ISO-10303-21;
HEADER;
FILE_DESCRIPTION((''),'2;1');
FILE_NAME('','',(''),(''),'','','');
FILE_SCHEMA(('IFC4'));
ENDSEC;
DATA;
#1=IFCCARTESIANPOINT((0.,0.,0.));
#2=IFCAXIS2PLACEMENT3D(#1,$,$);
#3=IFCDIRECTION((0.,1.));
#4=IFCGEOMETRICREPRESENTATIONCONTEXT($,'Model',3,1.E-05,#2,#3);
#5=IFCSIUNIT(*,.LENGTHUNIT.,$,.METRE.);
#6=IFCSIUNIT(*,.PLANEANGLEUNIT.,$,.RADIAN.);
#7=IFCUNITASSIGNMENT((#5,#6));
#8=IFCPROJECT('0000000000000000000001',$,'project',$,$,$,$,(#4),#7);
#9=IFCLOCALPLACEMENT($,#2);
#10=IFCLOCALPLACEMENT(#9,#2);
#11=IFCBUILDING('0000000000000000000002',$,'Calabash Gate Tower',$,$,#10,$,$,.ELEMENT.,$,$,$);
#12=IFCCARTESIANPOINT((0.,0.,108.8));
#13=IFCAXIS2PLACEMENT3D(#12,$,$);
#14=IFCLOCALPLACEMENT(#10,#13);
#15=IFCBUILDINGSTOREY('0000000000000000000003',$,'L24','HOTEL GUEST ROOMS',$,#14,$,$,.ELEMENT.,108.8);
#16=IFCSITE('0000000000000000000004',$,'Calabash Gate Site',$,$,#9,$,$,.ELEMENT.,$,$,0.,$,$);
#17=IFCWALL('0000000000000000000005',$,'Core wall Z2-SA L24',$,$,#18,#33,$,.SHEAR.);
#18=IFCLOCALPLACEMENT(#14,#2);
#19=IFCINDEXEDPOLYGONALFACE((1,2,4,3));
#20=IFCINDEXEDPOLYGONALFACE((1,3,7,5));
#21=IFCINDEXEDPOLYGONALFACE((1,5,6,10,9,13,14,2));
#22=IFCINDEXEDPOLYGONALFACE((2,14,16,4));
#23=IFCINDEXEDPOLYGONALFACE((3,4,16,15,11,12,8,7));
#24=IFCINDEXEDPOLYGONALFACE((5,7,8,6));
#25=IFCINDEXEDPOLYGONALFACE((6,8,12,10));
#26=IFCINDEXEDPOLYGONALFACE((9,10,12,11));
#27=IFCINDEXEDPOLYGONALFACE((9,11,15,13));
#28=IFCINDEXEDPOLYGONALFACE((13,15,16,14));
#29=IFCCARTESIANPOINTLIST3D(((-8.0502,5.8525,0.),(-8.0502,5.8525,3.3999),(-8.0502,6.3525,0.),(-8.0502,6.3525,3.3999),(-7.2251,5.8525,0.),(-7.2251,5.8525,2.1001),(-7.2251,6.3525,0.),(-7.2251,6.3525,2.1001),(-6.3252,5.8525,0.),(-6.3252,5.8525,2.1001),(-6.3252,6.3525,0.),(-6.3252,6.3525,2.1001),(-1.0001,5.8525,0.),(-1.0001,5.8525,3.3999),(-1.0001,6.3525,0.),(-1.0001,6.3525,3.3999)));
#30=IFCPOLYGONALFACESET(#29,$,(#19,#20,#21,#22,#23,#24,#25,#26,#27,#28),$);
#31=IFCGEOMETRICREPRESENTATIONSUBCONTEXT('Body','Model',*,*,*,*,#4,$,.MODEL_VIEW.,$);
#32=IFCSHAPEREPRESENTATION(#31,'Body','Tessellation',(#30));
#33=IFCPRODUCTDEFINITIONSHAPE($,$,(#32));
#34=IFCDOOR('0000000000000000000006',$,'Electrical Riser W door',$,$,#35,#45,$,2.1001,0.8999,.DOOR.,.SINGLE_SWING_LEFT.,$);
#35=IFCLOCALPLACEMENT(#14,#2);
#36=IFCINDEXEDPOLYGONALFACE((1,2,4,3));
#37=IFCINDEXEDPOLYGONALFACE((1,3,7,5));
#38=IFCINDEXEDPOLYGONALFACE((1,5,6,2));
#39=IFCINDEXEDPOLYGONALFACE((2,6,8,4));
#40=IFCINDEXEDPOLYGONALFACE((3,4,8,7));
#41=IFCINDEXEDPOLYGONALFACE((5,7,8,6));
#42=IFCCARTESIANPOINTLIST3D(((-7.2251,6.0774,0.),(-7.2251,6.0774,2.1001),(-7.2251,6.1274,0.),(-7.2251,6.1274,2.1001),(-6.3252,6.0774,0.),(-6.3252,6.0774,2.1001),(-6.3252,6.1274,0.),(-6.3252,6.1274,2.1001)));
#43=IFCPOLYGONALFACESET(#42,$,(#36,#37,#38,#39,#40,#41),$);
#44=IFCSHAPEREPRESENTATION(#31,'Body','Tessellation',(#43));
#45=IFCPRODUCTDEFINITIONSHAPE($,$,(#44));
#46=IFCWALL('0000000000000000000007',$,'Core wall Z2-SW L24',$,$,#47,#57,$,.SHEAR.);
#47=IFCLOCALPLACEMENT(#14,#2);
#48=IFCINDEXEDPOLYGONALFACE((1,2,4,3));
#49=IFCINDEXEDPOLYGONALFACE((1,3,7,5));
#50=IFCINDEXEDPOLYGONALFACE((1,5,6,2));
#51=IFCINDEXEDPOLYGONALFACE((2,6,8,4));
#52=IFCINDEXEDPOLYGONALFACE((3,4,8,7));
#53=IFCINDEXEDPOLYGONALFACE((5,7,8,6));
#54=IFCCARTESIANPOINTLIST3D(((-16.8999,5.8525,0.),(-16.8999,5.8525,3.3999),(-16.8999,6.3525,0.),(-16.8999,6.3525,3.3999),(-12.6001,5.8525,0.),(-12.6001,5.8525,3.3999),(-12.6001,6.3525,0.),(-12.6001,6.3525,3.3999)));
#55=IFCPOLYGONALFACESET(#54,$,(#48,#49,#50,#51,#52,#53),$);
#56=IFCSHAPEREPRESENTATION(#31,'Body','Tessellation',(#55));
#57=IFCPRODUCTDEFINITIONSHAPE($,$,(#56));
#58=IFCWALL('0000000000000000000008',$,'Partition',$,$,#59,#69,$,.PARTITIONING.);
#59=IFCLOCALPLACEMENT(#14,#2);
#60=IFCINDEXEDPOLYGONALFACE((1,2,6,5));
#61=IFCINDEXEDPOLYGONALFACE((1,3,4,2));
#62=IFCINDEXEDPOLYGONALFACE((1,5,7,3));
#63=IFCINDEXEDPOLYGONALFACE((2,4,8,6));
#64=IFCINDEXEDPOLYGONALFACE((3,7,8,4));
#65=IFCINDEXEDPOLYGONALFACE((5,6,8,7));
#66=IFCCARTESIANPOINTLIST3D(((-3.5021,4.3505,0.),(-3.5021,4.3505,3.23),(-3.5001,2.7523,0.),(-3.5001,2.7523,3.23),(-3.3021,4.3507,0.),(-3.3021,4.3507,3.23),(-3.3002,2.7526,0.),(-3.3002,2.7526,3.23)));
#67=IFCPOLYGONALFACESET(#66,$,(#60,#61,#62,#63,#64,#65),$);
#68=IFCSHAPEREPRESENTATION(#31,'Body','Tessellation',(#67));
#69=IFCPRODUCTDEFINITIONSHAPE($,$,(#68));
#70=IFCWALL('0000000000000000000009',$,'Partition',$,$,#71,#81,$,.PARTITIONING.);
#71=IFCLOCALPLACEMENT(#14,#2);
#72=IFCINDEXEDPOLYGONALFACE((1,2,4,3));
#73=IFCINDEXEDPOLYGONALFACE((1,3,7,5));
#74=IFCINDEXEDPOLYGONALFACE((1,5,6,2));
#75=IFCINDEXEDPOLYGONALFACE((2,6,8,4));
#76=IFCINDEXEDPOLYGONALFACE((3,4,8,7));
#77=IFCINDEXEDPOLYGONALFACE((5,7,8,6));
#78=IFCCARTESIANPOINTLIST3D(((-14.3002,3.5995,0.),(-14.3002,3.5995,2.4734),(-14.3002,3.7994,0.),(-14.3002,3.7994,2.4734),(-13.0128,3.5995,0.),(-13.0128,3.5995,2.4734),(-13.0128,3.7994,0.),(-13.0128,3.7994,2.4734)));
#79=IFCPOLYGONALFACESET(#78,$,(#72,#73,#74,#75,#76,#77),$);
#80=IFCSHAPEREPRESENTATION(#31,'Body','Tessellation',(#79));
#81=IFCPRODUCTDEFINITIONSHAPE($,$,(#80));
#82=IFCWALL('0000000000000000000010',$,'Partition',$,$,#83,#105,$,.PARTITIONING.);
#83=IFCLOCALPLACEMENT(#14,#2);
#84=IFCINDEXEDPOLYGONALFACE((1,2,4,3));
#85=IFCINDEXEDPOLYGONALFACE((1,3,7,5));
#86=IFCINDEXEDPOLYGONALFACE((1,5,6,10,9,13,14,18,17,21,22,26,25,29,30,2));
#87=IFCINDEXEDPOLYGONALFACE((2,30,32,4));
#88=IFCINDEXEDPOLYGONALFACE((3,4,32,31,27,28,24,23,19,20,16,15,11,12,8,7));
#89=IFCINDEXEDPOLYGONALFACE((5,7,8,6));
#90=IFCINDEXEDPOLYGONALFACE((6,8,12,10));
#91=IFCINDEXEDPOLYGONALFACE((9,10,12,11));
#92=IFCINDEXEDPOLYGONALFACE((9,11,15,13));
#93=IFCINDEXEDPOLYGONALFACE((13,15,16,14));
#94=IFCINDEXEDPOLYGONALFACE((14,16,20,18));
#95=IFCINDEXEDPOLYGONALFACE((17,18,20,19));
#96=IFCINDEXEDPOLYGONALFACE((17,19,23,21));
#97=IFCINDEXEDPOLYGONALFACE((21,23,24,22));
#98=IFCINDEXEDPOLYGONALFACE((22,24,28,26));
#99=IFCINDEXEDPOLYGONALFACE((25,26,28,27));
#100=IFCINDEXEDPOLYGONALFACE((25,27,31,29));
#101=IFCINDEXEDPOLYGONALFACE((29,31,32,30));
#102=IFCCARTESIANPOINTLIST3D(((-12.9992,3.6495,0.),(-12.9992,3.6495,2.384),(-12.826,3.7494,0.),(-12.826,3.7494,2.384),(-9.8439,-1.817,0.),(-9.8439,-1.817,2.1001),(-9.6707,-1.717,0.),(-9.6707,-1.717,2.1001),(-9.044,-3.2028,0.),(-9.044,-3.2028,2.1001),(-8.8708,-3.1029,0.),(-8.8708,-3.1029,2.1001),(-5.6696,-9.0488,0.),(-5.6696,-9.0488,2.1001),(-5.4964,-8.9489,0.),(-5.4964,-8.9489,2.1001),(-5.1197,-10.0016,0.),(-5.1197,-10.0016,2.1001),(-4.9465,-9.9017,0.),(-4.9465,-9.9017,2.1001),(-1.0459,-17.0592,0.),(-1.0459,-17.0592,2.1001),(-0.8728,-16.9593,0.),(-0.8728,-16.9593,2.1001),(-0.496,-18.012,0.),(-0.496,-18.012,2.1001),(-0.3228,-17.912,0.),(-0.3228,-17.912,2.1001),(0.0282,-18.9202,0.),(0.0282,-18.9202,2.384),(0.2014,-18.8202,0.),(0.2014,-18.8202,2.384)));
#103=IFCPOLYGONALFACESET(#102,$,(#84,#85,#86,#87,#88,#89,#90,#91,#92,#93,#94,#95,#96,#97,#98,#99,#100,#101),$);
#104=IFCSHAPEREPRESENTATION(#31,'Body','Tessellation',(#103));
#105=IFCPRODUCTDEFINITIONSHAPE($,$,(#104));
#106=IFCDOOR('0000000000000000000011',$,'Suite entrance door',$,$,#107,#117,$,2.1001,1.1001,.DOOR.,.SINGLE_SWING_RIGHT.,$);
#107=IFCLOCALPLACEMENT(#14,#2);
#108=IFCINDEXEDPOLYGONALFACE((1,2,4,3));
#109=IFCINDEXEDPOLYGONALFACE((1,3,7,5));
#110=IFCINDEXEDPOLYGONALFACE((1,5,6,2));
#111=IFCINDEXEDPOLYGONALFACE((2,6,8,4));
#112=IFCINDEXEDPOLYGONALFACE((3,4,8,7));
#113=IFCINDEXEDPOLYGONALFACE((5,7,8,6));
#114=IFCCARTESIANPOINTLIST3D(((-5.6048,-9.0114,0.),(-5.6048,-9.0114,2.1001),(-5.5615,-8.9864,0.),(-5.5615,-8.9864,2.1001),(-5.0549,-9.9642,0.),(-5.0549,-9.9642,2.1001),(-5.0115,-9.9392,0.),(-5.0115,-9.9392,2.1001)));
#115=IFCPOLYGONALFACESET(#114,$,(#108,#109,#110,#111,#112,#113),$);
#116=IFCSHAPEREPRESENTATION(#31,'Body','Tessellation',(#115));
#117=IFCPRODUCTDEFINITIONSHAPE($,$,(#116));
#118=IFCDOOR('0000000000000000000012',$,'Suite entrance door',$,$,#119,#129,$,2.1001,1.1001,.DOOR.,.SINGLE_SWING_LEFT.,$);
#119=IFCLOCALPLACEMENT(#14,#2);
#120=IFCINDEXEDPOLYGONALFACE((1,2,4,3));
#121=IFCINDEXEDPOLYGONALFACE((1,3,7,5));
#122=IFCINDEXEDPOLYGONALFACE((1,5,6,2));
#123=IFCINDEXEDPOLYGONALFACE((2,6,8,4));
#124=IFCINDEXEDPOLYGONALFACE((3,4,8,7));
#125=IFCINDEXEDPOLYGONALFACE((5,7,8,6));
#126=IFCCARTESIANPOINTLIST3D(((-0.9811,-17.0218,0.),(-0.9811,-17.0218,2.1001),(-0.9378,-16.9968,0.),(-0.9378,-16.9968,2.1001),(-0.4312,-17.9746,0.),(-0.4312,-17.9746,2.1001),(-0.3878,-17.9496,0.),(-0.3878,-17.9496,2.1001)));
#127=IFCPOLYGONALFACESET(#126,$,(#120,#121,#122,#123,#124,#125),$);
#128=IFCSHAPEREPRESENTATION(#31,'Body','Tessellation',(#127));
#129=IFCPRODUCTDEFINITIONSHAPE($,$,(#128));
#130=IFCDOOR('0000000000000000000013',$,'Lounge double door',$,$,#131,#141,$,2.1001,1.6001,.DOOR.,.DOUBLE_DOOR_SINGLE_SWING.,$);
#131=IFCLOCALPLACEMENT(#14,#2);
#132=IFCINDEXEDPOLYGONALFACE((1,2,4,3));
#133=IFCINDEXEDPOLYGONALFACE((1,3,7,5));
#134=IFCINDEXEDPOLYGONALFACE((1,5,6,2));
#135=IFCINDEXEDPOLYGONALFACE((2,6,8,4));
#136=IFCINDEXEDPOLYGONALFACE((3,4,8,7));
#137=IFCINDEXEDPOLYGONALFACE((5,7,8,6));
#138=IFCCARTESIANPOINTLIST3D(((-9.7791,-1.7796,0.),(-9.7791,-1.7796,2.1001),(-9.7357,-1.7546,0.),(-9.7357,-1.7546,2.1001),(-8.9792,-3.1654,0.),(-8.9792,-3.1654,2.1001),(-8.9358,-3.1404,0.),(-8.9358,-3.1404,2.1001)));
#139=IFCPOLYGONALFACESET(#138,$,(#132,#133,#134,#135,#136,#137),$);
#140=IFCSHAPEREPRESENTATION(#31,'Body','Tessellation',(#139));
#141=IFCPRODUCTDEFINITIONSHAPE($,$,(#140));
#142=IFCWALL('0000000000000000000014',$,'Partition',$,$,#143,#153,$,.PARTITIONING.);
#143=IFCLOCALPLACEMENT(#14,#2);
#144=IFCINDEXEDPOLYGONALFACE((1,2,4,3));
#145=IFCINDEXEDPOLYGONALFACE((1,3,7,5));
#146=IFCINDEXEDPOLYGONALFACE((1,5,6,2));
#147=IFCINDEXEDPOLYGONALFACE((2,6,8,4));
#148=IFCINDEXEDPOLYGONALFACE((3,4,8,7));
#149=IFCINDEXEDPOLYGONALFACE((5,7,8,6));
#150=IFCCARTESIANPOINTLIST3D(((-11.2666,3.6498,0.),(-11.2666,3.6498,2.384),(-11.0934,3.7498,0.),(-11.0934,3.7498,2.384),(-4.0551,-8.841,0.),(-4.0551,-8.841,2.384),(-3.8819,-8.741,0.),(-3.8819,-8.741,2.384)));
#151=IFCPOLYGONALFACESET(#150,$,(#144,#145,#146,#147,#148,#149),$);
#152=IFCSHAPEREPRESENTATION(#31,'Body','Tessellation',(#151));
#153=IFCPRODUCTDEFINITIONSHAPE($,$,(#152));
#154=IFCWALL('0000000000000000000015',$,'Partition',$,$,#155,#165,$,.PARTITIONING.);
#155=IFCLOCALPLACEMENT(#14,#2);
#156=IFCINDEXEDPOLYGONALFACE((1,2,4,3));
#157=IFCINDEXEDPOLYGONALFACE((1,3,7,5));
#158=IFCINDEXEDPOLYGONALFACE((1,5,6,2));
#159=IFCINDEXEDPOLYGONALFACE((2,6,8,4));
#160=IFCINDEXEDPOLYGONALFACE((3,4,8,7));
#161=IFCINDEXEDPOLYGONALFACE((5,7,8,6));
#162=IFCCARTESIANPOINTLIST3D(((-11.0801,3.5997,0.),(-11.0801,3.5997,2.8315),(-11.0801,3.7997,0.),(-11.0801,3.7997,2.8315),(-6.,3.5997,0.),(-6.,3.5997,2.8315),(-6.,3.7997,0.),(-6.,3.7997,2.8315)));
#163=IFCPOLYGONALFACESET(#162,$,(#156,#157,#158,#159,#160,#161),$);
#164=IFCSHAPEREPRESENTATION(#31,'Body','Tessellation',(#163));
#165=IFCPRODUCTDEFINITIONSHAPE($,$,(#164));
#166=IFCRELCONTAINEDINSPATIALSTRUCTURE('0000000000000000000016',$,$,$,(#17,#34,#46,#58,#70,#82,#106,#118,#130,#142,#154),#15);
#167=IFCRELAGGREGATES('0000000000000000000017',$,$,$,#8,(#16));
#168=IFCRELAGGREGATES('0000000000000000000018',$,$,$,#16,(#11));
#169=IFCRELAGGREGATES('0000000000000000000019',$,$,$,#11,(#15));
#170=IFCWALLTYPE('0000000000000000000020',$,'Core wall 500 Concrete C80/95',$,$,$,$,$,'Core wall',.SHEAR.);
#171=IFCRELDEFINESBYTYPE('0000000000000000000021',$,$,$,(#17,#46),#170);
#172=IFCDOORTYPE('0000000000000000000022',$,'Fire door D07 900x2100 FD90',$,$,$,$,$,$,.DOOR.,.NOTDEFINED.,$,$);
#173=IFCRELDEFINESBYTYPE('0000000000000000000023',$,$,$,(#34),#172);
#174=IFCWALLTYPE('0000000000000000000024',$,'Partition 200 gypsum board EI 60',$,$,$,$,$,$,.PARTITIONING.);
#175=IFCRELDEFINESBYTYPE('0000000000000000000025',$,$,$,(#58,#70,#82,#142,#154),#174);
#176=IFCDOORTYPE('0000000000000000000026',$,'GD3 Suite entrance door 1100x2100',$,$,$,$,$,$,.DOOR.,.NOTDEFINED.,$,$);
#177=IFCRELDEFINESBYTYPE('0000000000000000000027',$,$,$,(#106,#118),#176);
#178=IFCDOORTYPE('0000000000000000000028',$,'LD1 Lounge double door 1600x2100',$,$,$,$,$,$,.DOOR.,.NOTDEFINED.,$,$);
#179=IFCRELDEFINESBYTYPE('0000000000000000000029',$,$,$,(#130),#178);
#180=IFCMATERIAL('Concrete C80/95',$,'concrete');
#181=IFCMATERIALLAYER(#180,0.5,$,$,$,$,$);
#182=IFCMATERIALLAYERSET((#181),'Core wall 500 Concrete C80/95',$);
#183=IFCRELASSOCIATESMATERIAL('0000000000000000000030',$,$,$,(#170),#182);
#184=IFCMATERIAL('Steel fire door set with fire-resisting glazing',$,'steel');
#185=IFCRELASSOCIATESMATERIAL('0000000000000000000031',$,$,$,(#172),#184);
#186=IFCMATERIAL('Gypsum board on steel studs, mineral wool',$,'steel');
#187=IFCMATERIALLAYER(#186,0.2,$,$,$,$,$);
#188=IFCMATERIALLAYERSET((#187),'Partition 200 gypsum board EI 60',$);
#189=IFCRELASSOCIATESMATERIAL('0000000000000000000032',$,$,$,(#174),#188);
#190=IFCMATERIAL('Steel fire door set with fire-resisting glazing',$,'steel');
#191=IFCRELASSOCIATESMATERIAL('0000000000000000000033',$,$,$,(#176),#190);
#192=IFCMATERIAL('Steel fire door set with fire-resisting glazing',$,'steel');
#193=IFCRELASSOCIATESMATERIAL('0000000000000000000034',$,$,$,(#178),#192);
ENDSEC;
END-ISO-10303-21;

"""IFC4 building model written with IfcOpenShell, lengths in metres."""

from ifc_helpers import new_model, si_unit, direction, frame, frame_2d, origin, place, context, subcontext, project, spatial, rectangle, extrude, material, layer, layer_set, type_object, element, fill, save


model = new_model("IFC4")

# Units and contexts
model_context = context("Model", 3, precision=1e-05, world=origin(), true_north=direction((0.0, 1.0)))
body_context = subcontext(model_context, "Body", "Model", "MODEL_VIEW")
ifc_project = project(units=[si_unit("LENGTHUNIT", "METRE"), si_unit("PLANEANGLEUNIT", "RADIAN")], contexts=[model_context])

# Site, building, storey
site_placement = place(None, origin())
site = spatial("IfcSite", under=ifc_project, at=site_placement, Name="Calabash Gate Site", CompositionType="ELEMENT", RefElevation=0.0)
building_placement = place(site_placement, origin())
building = spatial("IfcBuilding", under=site, at=building_placement, Name="Calabash Gate Tower", CompositionType="ELEMENT")
storey_placement = place(building_placement, frame((0.0, 0.0, 108.8)))
storey = spatial("IfcBuildingStorey", under=building, at=storey_placement, Name="L24", Description="HOTEL GUEST ROOMS", CompositionType="ELEMENT", Elevation=108.8)

# Shared definitions
ifc_material_1 = material(Name="Concrete C80/95", Category="concrete")
ifc_layer_1 = layer(ifc_material_1, 0.5)
ifc_layer_set_1 = layer_set([ifc_layer_1], Name="Core wall 500 Concrete C80/95")
wall_type_1 = type_object("IfcWallType", Name="Core wall 500 Concrete C80/95", ElementType="Core wall", PredefinedType="SHEAR", material=ifc_layer_set_1)

# Wall, opening, door
wall_1_placement = place(storey_placement, frame((-8.05, 6.1025, 0.0), z_axis=(0.0, 0.0, 1.0), x_axis=(1.0, 0.0, 0.0)))
wall_1 = element("IfcWall", 1, at=wall_1_placement, inside=storey, type_object=wall_type_1, Name="Core wall Z2-SA L24", PredefinedType="SHEAR", context=body_context, shape_type="SweptSolid", body=[
    extrude(rectangle(XDim=7.05, YDim=0.5, at=frame_2d((3.5249, 0.0))), origin(), (0.0, 0.0, 1.0), 3.3999),
])
opening_1_placement = place(wall_1_placement, frame((0.825, 0.0, 0.0)))
opening_1 = element("IfcOpeningElement", 2, at=opening_1_placement, cuts=wall_1, PredefinedType="OPENING", context=body_context, shape_type="SweptSolid", body=[
    extrude(rectangle(XDim=0.8999, YDim=2.1001, at=frame_2d((0.45, 1.05))), frame((0.0, 0.26, 0.0), z_axis=(0.0, -1.0, 0.0), x_axis=(1.0, 0.0, 0.0)), (0.0, 0.0, 1.0), 0.52),
])
ifc_material_2 = material(Name="Steel fire door set with fire-resisting glazing", Category="steel")
door_type_1 = type_object("IfcDoorType", Name="Fire door D07 900x2100 FD90", OperationType="NOTDEFINED", PredefinedType="DOOR", material=ifc_material_2)
door_1_placement = place(opening_1_placement, origin())
door_1 = element("IfcDoor", 3, at=door_1_placement, inside=storey, type_object=door_type_1, Name="Electrical Riser W door", OperationType="SINGLE_SWING_LEFT", OverallHeight=2.1001, OverallWidth=0.8999, PredefinedType="DOOR", context=body_context, shape_type="SweptSolid", body=[
    extrude(rectangle(XDim=0.8999, YDim=2.1001, at=frame_2d((0.45, 1.05))), frame((0.0, 0.0249, 0.0), z_axis=(0.0, -1.0, 0.0), x_axis=(1.0, 0.0, 0.0)), (0.0, 0.0, 1.0), 0.05),
])
fill(opening_1, door_1)

# Walls
wall_2_placement = place(storey_placement, frame((-12.6001, 6.1025, 0.0), z_axis=(0.0, 0.0, 1.0), x_axis=(-1.0, 0.0, 0.0)))
element("IfcWall", 4, at=wall_2_placement, inside=storey, type_object=wall_type_1, Name="Core wall Z2-SW L24", PredefinedType="SHEAR", context=body_context, shape_type="SweptSolid", body=[
    extrude(rectangle(XDim=4.2998, YDim=0.5, at=frame_2d((2.1499, 0.0))), origin(), (0.0, 0.0, 1.0), 3.3999),
])
ifc_material_3 = material(Name="Gypsum board on steel studs, mineral wool", Category="steel")
ifc_layer_2 = layer(ifc_material_3, 0.2)
ifc_layer_set_2 = layer_set([ifc_layer_2], Name="Partition 200 gypsum board EI 60")
wall_type_2 = type_object("IfcWallType", Name="Partition 200 gypsum board EI 60", PredefinedType="PARTITIONING", material=ifc_layer_set_2)
wall_3_placement = place(storey_placement, frame((-3.4021, 4.3506, 0.0), z_axis=(0.0, 0.0, 1.0), x_axis=(0.001222, -0.999999, 0.0)))
element("IfcWall", 5, at=wall_3_placement, inside=storey, type_object=wall_type_2, Name="Partition", PredefinedType="PARTITIONING", context=body_context, shape_type="SweptSolid", body=[
    extrude(rectangle(XDim=1.5981, YDim=0.2, at=frame_2d((0.7991, 0.0))), origin(), (0.0, 0.0, 1.0), 3.23),
])
wall_4_placement = place(storey_placement, frame((-14.3, 3.6995, 0.0), z_axis=(0.0, 0.0, 1.0), x_axis=(1.0, 0.0, 0.0)))
element("IfcWall", 6, at=wall_4_placement, inside=storey, type_object=wall_type_2, Name="Partition", PredefinedType="PARTITIONING", context=body_context, shape_type="SweptSolid", body=[
    extrude(rectangle(XDim=1.2874, YDim=0.2, at=frame_2d((0.6436, 0.0))), origin(), (0.0, 0.0, 1.0), 2.4734),
])

# Wall, openings, doors
wall_5_placement = place(storey_placement, frame((-12.9126, 3.6995, 0.0), z_axis=(0.0, 0.0, 1.0), x_axis=(0.499908, -0.866079, 0.0)))
wall_5 = element("IfcWall", 7, at=wall_5_placement, inside=storey, type_object=wall_type_2, Name="Partition", PredefinedType="PARTITIONING", context=body_context, shape_type="SweptSolid", body=[
    extrude(rectangle(XDim=26.0596, YDim=0.2, at=frame_2d((13.0298, 0.0))), origin(), (0.0, 0.0, 1.0), 2.384),
])
opening_2_placement = place(wall_5_placement, frame((6.3118, 0.0, 0.0)))
opening_2 = element("IfcOpeningElement", 8, at=opening_2_placement, cuts=wall_5, PredefinedType="OPENING", context=body_context, shape_type="SweptSolid", body=[
    extrude(rectangle(XDim=1.6001, YDim=2.1001, at=frame_2d((0.8, 1.05))), frame((0.0, 0.1099, 0.0), z_axis=(0.0, -1.0, 0.0), x_axis=(1.0, 0.0, 0.0)), (0.0, 0.0, 1.0), 0.22),
])
opening_3_placement = place(wall_5_placement, frame((14.6619, 0.0, 0.0)))
opening_3 = element("IfcOpeningElement", 9, at=opening_3_placement, cuts=wall_5, PredefinedType="OPENING", context=body_context, shape_type="SweptSolid", body=[
    extrude(rectangle(XDim=1.1001, YDim=2.1001, at=frame_2d((0.55, 1.05))), frame((0.0, 0.1099, 0.0), z_axis=(0.0, -1.0, 0.0), x_axis=(1.0, 0.0, 0.0)), (0.0, 0.0, 1.0), 0.22),
])
opening_4_placement = place(wall_5_placement, frame((23.9109, 0.0, 0.0)))
opening_4 = element("IfcOpeningElement", 10, at=opening_4_placement, cuts=wall_5, PredefinedType="OPENING", context=body_context, shape_type="SweptSolid", body=[
    extrude(rectangle(XDim=1.1001, YDim=2.1001, at=frame_2d((0.55, 1.05))), frame((0.0, 0.1099, 0.0), z_axis=(0.0, -1.0, 0.0), x_axis=(1.0, 0.0, 0.0)), (0.0, 0.0, 1.0), 0.22),
])
ifc_material_4 = material(Name="Steel fire door set with fire-resisting glazing", Category="steel")
door_type_2 = type_object("IfcDoorType", Name="GD3 Suite entrance door 1100x2100", OperationType="NOTDEFINED", PredefinedType="DOOR", material=ifc_material_4)
door_2_placement = place(opening_3_placement, origin())
door_2 = element("IfcDoor", 11, at=door_2_placement, inside=storey, type_object=door_type_2, Name="Suite entrance door", OperationType="SINGLE_SWING_RIGHT", OverallHeight=2.1001, OverallWidth=1.1001, PredefinedType="DOOR", context=body_context, shape_type="SweptSolid", body=[
    extrude(rectangle(XDim=1.1001, YDim=2.1001, at=frame_2d((0.55, 1.05))), frame((0.0, 0.0249, 0.0), z_axis=(0.0, -1.0, 0.0), x_axis=(1.0, 0.0, 0.0)), (0.0, 0.0, 1.0), 0.05),
])
fill(opening_3, door_2)
door_3_placement = place(opening_4_placement, origin())
door_3 = element("IfcDoor", 12, at=door_3_placement, inside=storey, type_object=door_type_2, Name="Suite entrance door", OperationType="SINGLE_SWING_LEFT", OverallHeight=2.1001, OverallWidth=1.1001, PredefinedType="DOOR", context=body_context, shape_type="SweptSolid", body=[
    extrude(rectangle(XDim=1.1001, YDim=2.1001, at=frame_2d((0.55, 1.05))), frame((0.0, 0.0249, 0.0), z_axis=(0.0, -1.0, 0.0), x_axis=(1.0, 0.0, 0.0)), (0.0, 0.0, 1.0), 0.05),
])
fill(opening_4, door_3)
ifc_material_5 = material(Name="Steel fire door set with fire-resisting glazing", Category="steel")
door_type_3 = type_object("IfcDoorType", Name="LD1 Lounge double door 1600x2100", OperationType="NOTDEFINED", PredefinedType="DOOR", material=ifc_material_5)
door_4_placement = place(opening_2_placement, origin())
door_4 = element("IfcDoor", 13, at=door_4_placement, inside=storey, type_object=door_type_3, Name="Lounge double door", OperationType="DOUBLE_DOOR_SINGLE_SWING", OverallHeight=2.1001, OverallWidth=1.6001, PredefinedType="DOOR", context=body_context, shape_type="SweptSolid", body=[
    extrude(rectangle(XDim=1.6001, YDim=2.1001, at=frame_2d((0.8, 1.05))), frame((0.0, 0.0249, 0.0), z_axis=(0.0, -1.0, 0.0), x_axis=(1.0, 0.0, 0.0)), (0.0, 0.0, 1.0), 0.05),
])
fill(opening_2, door_4)

# Walls
wall_6_placement = place(storey_placement, frame((-11.1799, 3.6997, 0.0), z_axis=(0.0, 0.0, 1.0), x_axis=(0.499995, -0.866028, 0.0)))
element("IfcWall", 14, at=wall_6_placement, inside=storey, type_object=wall_type_2, Name="Partition", PredefinedType="PARTITIONING", context=body_context, shape_type="SweptSolid", body=[
    extrude(rectangle(XDim=14.4231, YDim=0.2, at=frame_2d((7.2114, 0.0))), origin(), (0.0, 0.0, 1.0), 2.384),
])
wall_7_placement = place(storey_placement, frame((-11.0801, 3.6997, 0.0), z_axis=(0.0, 0.0, 1.0), x_axis=(1.0, 0.0, 0.0)))
element("IfcWall", 15, at=wall_7_placement, inside=storey, type_object=wall_type_2, Name="Partition", PredefinedType="PARTITIONING", context=body_context, shape_type="SweptSolid", body=[
    extrude(rectangle(XDim=5.0801, YDim=0.2, at=frame_2d((2.54, 0.0))), origin(), (0.0, 0.0, 1.0), 2.8315),
])

save(model, "model.ifc")
